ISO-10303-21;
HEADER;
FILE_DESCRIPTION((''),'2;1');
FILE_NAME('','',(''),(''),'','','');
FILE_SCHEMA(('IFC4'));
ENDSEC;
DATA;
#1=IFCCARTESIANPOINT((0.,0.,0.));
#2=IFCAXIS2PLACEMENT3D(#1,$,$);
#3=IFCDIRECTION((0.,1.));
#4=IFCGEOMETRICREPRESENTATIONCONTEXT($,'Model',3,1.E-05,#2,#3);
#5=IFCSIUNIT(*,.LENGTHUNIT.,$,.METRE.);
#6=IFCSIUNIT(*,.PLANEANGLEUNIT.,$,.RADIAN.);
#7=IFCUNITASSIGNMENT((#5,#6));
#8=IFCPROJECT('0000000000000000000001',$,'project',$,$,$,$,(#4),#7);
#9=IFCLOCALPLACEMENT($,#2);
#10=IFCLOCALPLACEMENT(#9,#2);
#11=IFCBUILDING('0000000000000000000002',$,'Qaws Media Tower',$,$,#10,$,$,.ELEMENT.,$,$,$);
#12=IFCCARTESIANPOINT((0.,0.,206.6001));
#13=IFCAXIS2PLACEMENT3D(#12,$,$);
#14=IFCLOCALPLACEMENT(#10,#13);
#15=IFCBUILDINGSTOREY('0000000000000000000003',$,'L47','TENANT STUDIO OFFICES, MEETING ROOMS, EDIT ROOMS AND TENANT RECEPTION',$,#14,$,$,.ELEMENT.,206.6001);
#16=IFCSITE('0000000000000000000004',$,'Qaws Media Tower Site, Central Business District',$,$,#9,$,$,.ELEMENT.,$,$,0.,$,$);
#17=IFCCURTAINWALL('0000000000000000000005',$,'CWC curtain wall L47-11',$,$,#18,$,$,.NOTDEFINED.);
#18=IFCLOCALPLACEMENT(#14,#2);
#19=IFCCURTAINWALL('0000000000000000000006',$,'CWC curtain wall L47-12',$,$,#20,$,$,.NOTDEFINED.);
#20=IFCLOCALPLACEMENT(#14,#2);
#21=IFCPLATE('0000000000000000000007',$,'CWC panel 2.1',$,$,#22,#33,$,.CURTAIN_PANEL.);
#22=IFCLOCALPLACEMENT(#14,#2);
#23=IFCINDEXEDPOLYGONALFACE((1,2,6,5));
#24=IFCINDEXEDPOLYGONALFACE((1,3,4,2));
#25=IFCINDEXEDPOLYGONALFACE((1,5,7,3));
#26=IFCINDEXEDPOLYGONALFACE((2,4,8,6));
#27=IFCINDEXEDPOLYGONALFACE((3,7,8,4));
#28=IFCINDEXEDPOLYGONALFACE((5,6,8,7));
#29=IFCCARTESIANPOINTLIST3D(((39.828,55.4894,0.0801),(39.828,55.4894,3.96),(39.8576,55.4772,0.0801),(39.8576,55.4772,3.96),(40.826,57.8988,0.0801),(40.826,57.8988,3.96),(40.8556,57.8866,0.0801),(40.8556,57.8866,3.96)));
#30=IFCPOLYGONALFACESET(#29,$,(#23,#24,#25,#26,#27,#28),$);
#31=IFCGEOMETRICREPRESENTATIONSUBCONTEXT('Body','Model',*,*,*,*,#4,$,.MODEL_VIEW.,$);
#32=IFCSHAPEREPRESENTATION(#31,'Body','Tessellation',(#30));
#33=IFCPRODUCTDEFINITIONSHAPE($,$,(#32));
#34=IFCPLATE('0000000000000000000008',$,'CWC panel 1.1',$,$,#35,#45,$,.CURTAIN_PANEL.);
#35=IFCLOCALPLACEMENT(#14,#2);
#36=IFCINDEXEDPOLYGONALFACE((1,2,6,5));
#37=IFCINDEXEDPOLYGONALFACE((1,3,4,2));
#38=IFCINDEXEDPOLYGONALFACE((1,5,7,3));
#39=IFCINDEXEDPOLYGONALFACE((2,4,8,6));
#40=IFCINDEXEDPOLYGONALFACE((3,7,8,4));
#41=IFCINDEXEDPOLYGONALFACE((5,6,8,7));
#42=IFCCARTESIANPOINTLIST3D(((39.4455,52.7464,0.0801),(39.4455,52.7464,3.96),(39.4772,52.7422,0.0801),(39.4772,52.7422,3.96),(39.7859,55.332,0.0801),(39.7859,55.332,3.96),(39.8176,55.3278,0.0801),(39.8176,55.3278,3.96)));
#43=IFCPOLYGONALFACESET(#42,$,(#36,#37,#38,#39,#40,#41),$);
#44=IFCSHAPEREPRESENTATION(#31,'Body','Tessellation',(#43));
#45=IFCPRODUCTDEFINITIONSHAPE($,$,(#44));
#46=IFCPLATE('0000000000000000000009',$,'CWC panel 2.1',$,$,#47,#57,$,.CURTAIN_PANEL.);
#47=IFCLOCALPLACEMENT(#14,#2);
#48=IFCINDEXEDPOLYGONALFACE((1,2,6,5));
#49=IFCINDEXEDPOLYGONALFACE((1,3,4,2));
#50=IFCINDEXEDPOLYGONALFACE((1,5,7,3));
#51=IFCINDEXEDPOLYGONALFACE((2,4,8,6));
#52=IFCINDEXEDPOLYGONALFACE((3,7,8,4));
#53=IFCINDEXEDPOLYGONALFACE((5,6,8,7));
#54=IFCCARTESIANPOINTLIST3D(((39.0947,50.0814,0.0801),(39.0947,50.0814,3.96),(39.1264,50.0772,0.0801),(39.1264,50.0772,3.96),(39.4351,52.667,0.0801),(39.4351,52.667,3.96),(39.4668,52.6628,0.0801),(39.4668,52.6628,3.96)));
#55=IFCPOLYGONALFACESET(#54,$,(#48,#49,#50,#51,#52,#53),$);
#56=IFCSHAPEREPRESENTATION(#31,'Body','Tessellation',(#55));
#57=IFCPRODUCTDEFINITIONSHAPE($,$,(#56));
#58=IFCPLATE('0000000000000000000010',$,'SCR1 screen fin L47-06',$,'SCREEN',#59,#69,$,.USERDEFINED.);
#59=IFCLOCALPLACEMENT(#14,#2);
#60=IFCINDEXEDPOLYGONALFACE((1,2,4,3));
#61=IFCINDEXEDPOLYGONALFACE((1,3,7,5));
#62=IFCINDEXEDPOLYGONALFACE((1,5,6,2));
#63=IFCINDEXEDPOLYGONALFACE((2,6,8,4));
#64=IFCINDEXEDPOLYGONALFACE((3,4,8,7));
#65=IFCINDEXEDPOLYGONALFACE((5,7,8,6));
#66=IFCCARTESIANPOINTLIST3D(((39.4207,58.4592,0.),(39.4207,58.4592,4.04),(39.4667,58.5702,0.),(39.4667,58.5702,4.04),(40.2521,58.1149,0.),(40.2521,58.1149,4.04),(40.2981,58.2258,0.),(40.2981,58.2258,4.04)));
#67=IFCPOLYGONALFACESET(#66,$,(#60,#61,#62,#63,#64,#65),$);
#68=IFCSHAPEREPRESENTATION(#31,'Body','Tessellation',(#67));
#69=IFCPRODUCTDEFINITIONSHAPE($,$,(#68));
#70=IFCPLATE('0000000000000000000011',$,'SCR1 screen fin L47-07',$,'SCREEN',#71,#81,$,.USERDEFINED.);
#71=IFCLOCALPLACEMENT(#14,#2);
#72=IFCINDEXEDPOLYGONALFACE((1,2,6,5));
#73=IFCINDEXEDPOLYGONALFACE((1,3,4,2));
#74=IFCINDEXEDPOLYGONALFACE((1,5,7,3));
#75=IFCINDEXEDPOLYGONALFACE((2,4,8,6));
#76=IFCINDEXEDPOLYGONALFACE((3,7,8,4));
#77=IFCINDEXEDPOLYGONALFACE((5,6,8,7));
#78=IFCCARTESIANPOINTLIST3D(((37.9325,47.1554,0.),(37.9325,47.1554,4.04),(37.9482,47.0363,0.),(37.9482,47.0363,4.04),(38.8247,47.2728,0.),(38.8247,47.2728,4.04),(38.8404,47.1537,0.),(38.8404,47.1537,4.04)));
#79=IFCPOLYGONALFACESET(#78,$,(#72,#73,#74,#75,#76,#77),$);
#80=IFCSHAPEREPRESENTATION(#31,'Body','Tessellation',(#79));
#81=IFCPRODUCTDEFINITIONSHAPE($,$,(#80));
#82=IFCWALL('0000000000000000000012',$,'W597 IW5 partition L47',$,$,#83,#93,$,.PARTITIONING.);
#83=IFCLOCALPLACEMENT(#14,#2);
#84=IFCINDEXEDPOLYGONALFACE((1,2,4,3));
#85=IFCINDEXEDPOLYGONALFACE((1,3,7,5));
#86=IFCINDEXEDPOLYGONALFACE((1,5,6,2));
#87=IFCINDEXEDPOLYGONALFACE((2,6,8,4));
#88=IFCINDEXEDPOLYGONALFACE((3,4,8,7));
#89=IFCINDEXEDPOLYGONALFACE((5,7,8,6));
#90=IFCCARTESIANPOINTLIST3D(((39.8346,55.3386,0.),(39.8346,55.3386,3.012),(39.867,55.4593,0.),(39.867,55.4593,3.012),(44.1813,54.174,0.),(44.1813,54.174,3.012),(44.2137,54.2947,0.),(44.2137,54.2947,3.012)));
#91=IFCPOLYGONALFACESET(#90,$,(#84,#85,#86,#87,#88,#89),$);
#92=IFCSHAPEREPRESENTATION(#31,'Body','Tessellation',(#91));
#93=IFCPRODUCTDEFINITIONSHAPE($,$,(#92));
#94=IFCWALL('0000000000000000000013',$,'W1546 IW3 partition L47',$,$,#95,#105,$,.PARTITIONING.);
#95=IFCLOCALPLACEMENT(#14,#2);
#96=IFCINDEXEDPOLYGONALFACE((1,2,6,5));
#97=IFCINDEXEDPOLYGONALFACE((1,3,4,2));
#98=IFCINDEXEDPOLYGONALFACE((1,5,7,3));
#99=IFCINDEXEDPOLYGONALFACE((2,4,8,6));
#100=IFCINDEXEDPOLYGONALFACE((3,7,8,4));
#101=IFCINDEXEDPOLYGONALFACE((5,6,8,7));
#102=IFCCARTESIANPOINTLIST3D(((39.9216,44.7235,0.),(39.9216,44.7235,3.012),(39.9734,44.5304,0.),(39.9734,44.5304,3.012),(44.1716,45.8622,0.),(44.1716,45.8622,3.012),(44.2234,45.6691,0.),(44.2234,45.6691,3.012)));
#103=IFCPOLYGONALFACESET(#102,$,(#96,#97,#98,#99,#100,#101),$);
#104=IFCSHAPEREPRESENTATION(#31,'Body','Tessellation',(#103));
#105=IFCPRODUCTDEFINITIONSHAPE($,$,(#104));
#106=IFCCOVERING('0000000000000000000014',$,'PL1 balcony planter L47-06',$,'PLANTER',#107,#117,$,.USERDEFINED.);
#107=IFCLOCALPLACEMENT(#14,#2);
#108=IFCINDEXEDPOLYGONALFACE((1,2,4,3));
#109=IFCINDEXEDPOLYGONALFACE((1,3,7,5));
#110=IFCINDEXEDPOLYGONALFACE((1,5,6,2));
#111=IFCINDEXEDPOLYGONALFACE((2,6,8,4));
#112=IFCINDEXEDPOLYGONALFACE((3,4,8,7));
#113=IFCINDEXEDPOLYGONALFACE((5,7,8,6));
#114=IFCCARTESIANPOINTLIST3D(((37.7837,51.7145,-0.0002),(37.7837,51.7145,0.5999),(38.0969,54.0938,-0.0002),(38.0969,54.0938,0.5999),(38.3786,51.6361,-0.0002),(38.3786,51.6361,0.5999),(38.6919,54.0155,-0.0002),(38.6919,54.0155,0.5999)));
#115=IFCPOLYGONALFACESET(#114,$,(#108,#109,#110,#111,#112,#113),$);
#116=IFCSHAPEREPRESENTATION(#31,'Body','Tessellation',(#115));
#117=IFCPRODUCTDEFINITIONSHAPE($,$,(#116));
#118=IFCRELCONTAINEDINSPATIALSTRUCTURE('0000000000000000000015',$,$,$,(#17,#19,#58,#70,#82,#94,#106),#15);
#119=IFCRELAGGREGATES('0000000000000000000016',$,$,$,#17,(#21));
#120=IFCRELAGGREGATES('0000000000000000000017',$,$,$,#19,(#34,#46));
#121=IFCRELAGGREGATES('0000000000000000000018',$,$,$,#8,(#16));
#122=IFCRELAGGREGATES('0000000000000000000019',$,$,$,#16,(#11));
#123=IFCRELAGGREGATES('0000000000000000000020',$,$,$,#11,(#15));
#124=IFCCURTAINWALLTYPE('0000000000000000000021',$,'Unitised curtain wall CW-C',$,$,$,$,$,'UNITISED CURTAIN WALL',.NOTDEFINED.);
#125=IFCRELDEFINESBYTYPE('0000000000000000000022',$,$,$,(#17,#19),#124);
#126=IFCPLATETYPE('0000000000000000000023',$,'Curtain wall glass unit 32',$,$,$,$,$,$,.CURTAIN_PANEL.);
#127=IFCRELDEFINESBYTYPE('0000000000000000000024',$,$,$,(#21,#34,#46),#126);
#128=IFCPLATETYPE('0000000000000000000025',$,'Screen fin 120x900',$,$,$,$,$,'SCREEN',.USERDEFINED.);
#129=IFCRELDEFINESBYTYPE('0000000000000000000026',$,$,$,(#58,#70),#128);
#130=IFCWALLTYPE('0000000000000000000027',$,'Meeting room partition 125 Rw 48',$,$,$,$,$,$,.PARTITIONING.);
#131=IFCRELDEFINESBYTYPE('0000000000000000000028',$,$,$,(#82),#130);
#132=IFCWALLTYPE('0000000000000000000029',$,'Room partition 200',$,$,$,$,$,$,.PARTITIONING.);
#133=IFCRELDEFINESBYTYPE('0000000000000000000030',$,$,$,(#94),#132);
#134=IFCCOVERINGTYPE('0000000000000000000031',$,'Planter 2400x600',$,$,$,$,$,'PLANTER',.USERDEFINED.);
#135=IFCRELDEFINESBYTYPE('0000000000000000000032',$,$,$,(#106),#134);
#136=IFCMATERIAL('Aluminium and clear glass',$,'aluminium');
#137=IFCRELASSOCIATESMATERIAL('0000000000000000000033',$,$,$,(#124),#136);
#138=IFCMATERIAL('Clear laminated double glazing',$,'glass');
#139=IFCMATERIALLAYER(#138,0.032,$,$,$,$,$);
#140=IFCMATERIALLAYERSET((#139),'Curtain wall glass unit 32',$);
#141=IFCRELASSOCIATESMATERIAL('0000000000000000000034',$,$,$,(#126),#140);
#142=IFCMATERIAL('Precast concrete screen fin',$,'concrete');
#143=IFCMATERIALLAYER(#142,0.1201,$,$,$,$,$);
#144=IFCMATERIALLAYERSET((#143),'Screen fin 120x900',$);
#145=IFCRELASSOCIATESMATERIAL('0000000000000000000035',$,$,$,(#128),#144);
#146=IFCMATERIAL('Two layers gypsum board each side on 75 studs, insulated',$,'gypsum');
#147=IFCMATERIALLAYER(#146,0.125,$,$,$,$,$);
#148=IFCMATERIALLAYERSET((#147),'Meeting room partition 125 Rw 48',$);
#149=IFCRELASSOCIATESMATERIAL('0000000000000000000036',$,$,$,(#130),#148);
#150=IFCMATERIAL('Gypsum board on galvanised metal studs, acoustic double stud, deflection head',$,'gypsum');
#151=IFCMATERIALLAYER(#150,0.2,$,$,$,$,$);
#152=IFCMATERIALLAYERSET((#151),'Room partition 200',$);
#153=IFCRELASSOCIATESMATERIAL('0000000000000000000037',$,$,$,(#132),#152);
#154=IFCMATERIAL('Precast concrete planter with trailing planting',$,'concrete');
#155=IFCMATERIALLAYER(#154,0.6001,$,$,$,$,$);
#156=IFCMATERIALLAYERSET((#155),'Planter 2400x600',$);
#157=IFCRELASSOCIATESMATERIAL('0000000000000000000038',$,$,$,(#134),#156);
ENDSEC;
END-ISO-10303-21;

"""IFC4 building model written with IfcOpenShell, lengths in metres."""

from ifc_helpers import new_model, si_unit, direction, frame, frame_2d, origin, origin_2d, place, context, subcontext, project, spatial, rectangle, extrude, material, layer, layer_set, type_object, element, aggregate, save


model = new_model("IFC4")

# Units and contexts
model_context = context("Model", 3, precision=1e-05, world=origin(), true_north=direction((0.0, 1.0)))
body_context = subcontext(model_context, "Body", "Model", "MODEL_VIEW")
ifc_project = project(units=[si_unit("LENGTHUNIT", "METRE"), si_unit("PLANEANGLEUNIT", "RADIAN")], contexts=[model_context])

# Site, building, storey
site_placement = place(None, origin())
site = spatial("IfcSite", under=ifc_project, at=site_placement, Name="Qaws Media Tower Site, Central Business District", CompositionType="ELEMENT", RefElevation=0.0)
building_placement = place(site_placement, origin())
building = spatial("IfcBuilding", under=site, at=building_placement, Name="Qaws Media Tower", CompositionType="ELEMENT")
storey_placement = place(building_placement, frame((0.0, 0.0, 206.6001)))
storey = spatial("IfcBuildingStorey", under=building, at=storey_placement, Name="L47", Description="TENANT STUDIO OFFICES, MEETING ROOMS, EDIT ROOMS AND TENANT RECEPTION", CompositionType="ELEMENT", Elevation=206.6001)

# Curtain walls
ifc_material_1 = material(Name="Aluminium and clear glass", Category="aluminium")
curtain_wall_type = type_object("IfcCurtainWallType", Name="Unitised curtain wall CW-C", ElementType="UNITISED CURTAIN WALL", PredefinedType="NOTDEFINED", material=ifc_material_1)
curtain_wall_1_placement = place(storey_placement, origin())
curtain_wall_1 = element("IfcCurtainWall", 1, at=curtain_wall_1_placement, inside=storey, type_object=curtain_wall_type, Name="CWC curtain wall L47-11", PredefinedType="NOTDEFINED")
curtain_wall_2_placement = place(storey_placement, origin())
curtain_wall_2 = element("IfcCurtainWall", 2, at=curtain_wall_2_placement, inside=storey, type_object=curtain_wall_type, Name="CWC curtain wall L47-12", PredefinedType="NOTDEFINED")

# Plates
ifc_material_2 = material(Name="Clear laminated double glazing", Category="glass")
ifc_layer_1 = layer(ifc_material_2, 0.032)
ifc_layer_set_1 = layer_set([ifc_layer_1], Name="Curtain wall glass unit 32")
plate_type_1 = type_object("IfcPlateType", Name="Curtain wall glass unit 32", PredefinedType="CURTAIN_PANEL", material=ifc_layer_set_1)
plate_1_placement = place(storey_placement, frame((40.3418, 56.688, 0.0801), z_axis=(0.0, 0.0, 1.0), x_axis=(-0.382683, -0.92388, 0.0)))
plate_1 = element("IfcPlate", 3, at=plate_1_placement, type_object=plate_type_1, Name="CWC panel 2.1", PredefinedType="CURTAIN_PANEL", context=body_context, shape_type="SweptSolid", body=[
    extrude(rectangle(XDim=2.6079, YDim=0.032, at=origin_2d()), origin(), (0.0, 0.0, 1.0), 3.8799),
])
aggregate(curtain_wall_1, [plate_1])
plate_2_placement = place(storey_placement, frame((39.6316, 54.0371, 0.0801), z_axis=(0.0, 0.0, 1.0), x_axis=(-0.130526, -0.991445, 0.0)))
plate_2 = element("IfcPlate", 4, at=plate_2_placement, type_object=plate_type_1, Name="CWC panel 1.1", PredefinedType="CURTAIN_PANEL", context=body_context, shape_type="SweptSolid", body=[
    extrude(rectangle(XDim=2.6079, YDim=0.032, at=origin_2d()), origin(), (0.0, 0.0, 1.0), 3.8799),
])
plate_3_placement = place(storey_placement, frame((39.2808, 51.3721, 0.0801), z_axis=(0.0, 0.0, 1.0), x_axis=(-0.130526, -0.991445, 0.0)))
plate_3 = element("IfcPlate", 5, at=plate_3_placement, type_object=plate_type_1, Name="CWC panel 2.1", PredefinedType="CURTAIN_PANEL", context=body_context, shape_type="SweptSolid", body=[
    extrude(rectangle(XDim=2.6079, YDim=0.032, at=origin_2d()), origin(), (0.0, 0.0, 1.0), 3.8799),
])
aggregate(curtain_wall_2, [plate_2, plate_3])

# Plates
ifc_material_3 = material(Name="Precast concrete screen fin", Category="concrete")
ifc_layer_2 = layer(ifc_material_3, 0.1201)
ifc_layer_set_2 = layer_set([ifc_layer_2], Name="Screen fin 120x900")
plate_type_2 = type_object("IfcPlateType", Name="Screen fin 120x900", ElementType="SCREEN", PredefinedType="USERDEFINED", material=ifc_layer_set_2)
for number, where, z_axis, x_axis, name in (
    (6, (39.8594, 58.3425, 0.0), (0.0, 0.0, 1.0), (-0.92388, 0.382683, 0.0), "SCR1 screen fin L47-06"),
    (7, (38.3865, 47.1545, 0.0), (0.0, 0.0, 1.0), (-0.991445, -0.130526, 0.0), "SCR1 screen fin L47-07"),
):
    element("IfcPlate", number, at=place(storey_placement, frame(where, z_axis=z_axis, x_axis=x_axis)), inside=storey, type_object=plate_type_2, Name=name, ObjectType="SCREEN", PredefinedType="USERDEFINED", context=body_context, shape_type="SweptSolid", body=[
        extrude(rectangle(XDim=0.8999, YDim=0.1201, at=origin_2d()), origin(), (0.0, 0.0, 1.0), 4.04),
    ])

# Walls
ifc_material_4 = material(Name="Two layers gypsum board each side on 75 studs, insulated", Category="gypsum")
ifc_layer_3 = layer(ifc_material_4, 0.125)
ifc_layer_set_3 = layer_set([ifc_layer_3], Name="Meeting room partition 125 Rw 48")
wall_type_1 = type_object("IfcWallType", Name="Meeting room partition 125 Rw 48", PredefinedType="PARTITIONING", material=ifc_layer_set_3)
wall_1_placement = place(storey_placement, frame((44.1975, 54.2344, 0.0), z_axis=(0.0, 0.0, 1.0), x_axis=(-0.965934, 0.25879, 0.0)))
element("IfcWall", 8, at=wall_1_placement, inside=storey, type_object=wall_type_1, Name="W597 IW5 partition L47", PredefinedType="PARTITIONING", context=body_context, shape_type="SweptSolid", body=[
    extrude(rectangle(XDim=4.5, YDim=0.125, at=frame_2d((2.25, 0.0))), origin(), (0.0, 0.0, 1.0), 3.012),
])
ifc_material_5 = material(Name="Gypsum board on galvanised metal studs, acoustic double stud, deflection head", Category="gypsum")
ifc_layer_4 = layer(ifc_material_5, 0.2)
ifc_layer_set_4 = layer_set([ifc_layer_4], Name="Room partition 200")
wall_type_2 = type_object("IfcWallType", Name="Room partition 200", PredefinedType="PARTITIONING", material=ifc_layer_set_4)
wall_2_placement = place(storey_placement, frame((44.1975, 45.7656, 0.0), z_axis=(0.0, 0.0, 1.0), x_axis=(-0.965932, -0.258795, 0.0)))
element("IfcWall", 9, at=wall_2_placement, inside=storey, type_object=wall_type_2, Name="W1546 IW3 partition L47", PredefinedType="PARTITIONING", context=body_context, shape_type="SweptSolid", body=[
    extrude(rectangle(XDim=4.3999, YDim=0.2, at=frame_2d((2.2, 0.0))), origin(), (0.0, 0.0, 1.0), 3.012),
])

# Covering
ifc_material_6 = material(Name="Precast concrete planter with trailing planting", Category="concrete")
ifc_layer_5 = layer(ifc_material_6, 0.6001)
ifc_layer_set_5 = layer_set([ifc_layer_5], Name="Planter 2400x600")
covering_type = type_object("IfcCoveringType", Name="Planter 2400x600", ElementType="PLANTER", PredefinedType="USERDEFINED", material=ifc_layer_set_5)
covering_placement = place(storey_placement, frame((38.2378, 52.865, -0.0002), z_axis=(0.0, 0.0, 1.0), x_axis=(-0.130526, -0.991445, 0.0)))
element("IfcCovering", 10, at=covering_placement, inside=storey, type_object=covering_type, Name="PL1 balcony planter L47-06", ObjectType="PLANTER", PredefinedType="USERDEFINED", context=body_context, shape_type="SweptSolid", body=[
    extrude(rectangle(XDim=2.3999, YDim=0.6001, at=origin_2d()), origin(), (0.0, 0.0, 1.0), 0.6001),
])

save(model, "model.ifc")
